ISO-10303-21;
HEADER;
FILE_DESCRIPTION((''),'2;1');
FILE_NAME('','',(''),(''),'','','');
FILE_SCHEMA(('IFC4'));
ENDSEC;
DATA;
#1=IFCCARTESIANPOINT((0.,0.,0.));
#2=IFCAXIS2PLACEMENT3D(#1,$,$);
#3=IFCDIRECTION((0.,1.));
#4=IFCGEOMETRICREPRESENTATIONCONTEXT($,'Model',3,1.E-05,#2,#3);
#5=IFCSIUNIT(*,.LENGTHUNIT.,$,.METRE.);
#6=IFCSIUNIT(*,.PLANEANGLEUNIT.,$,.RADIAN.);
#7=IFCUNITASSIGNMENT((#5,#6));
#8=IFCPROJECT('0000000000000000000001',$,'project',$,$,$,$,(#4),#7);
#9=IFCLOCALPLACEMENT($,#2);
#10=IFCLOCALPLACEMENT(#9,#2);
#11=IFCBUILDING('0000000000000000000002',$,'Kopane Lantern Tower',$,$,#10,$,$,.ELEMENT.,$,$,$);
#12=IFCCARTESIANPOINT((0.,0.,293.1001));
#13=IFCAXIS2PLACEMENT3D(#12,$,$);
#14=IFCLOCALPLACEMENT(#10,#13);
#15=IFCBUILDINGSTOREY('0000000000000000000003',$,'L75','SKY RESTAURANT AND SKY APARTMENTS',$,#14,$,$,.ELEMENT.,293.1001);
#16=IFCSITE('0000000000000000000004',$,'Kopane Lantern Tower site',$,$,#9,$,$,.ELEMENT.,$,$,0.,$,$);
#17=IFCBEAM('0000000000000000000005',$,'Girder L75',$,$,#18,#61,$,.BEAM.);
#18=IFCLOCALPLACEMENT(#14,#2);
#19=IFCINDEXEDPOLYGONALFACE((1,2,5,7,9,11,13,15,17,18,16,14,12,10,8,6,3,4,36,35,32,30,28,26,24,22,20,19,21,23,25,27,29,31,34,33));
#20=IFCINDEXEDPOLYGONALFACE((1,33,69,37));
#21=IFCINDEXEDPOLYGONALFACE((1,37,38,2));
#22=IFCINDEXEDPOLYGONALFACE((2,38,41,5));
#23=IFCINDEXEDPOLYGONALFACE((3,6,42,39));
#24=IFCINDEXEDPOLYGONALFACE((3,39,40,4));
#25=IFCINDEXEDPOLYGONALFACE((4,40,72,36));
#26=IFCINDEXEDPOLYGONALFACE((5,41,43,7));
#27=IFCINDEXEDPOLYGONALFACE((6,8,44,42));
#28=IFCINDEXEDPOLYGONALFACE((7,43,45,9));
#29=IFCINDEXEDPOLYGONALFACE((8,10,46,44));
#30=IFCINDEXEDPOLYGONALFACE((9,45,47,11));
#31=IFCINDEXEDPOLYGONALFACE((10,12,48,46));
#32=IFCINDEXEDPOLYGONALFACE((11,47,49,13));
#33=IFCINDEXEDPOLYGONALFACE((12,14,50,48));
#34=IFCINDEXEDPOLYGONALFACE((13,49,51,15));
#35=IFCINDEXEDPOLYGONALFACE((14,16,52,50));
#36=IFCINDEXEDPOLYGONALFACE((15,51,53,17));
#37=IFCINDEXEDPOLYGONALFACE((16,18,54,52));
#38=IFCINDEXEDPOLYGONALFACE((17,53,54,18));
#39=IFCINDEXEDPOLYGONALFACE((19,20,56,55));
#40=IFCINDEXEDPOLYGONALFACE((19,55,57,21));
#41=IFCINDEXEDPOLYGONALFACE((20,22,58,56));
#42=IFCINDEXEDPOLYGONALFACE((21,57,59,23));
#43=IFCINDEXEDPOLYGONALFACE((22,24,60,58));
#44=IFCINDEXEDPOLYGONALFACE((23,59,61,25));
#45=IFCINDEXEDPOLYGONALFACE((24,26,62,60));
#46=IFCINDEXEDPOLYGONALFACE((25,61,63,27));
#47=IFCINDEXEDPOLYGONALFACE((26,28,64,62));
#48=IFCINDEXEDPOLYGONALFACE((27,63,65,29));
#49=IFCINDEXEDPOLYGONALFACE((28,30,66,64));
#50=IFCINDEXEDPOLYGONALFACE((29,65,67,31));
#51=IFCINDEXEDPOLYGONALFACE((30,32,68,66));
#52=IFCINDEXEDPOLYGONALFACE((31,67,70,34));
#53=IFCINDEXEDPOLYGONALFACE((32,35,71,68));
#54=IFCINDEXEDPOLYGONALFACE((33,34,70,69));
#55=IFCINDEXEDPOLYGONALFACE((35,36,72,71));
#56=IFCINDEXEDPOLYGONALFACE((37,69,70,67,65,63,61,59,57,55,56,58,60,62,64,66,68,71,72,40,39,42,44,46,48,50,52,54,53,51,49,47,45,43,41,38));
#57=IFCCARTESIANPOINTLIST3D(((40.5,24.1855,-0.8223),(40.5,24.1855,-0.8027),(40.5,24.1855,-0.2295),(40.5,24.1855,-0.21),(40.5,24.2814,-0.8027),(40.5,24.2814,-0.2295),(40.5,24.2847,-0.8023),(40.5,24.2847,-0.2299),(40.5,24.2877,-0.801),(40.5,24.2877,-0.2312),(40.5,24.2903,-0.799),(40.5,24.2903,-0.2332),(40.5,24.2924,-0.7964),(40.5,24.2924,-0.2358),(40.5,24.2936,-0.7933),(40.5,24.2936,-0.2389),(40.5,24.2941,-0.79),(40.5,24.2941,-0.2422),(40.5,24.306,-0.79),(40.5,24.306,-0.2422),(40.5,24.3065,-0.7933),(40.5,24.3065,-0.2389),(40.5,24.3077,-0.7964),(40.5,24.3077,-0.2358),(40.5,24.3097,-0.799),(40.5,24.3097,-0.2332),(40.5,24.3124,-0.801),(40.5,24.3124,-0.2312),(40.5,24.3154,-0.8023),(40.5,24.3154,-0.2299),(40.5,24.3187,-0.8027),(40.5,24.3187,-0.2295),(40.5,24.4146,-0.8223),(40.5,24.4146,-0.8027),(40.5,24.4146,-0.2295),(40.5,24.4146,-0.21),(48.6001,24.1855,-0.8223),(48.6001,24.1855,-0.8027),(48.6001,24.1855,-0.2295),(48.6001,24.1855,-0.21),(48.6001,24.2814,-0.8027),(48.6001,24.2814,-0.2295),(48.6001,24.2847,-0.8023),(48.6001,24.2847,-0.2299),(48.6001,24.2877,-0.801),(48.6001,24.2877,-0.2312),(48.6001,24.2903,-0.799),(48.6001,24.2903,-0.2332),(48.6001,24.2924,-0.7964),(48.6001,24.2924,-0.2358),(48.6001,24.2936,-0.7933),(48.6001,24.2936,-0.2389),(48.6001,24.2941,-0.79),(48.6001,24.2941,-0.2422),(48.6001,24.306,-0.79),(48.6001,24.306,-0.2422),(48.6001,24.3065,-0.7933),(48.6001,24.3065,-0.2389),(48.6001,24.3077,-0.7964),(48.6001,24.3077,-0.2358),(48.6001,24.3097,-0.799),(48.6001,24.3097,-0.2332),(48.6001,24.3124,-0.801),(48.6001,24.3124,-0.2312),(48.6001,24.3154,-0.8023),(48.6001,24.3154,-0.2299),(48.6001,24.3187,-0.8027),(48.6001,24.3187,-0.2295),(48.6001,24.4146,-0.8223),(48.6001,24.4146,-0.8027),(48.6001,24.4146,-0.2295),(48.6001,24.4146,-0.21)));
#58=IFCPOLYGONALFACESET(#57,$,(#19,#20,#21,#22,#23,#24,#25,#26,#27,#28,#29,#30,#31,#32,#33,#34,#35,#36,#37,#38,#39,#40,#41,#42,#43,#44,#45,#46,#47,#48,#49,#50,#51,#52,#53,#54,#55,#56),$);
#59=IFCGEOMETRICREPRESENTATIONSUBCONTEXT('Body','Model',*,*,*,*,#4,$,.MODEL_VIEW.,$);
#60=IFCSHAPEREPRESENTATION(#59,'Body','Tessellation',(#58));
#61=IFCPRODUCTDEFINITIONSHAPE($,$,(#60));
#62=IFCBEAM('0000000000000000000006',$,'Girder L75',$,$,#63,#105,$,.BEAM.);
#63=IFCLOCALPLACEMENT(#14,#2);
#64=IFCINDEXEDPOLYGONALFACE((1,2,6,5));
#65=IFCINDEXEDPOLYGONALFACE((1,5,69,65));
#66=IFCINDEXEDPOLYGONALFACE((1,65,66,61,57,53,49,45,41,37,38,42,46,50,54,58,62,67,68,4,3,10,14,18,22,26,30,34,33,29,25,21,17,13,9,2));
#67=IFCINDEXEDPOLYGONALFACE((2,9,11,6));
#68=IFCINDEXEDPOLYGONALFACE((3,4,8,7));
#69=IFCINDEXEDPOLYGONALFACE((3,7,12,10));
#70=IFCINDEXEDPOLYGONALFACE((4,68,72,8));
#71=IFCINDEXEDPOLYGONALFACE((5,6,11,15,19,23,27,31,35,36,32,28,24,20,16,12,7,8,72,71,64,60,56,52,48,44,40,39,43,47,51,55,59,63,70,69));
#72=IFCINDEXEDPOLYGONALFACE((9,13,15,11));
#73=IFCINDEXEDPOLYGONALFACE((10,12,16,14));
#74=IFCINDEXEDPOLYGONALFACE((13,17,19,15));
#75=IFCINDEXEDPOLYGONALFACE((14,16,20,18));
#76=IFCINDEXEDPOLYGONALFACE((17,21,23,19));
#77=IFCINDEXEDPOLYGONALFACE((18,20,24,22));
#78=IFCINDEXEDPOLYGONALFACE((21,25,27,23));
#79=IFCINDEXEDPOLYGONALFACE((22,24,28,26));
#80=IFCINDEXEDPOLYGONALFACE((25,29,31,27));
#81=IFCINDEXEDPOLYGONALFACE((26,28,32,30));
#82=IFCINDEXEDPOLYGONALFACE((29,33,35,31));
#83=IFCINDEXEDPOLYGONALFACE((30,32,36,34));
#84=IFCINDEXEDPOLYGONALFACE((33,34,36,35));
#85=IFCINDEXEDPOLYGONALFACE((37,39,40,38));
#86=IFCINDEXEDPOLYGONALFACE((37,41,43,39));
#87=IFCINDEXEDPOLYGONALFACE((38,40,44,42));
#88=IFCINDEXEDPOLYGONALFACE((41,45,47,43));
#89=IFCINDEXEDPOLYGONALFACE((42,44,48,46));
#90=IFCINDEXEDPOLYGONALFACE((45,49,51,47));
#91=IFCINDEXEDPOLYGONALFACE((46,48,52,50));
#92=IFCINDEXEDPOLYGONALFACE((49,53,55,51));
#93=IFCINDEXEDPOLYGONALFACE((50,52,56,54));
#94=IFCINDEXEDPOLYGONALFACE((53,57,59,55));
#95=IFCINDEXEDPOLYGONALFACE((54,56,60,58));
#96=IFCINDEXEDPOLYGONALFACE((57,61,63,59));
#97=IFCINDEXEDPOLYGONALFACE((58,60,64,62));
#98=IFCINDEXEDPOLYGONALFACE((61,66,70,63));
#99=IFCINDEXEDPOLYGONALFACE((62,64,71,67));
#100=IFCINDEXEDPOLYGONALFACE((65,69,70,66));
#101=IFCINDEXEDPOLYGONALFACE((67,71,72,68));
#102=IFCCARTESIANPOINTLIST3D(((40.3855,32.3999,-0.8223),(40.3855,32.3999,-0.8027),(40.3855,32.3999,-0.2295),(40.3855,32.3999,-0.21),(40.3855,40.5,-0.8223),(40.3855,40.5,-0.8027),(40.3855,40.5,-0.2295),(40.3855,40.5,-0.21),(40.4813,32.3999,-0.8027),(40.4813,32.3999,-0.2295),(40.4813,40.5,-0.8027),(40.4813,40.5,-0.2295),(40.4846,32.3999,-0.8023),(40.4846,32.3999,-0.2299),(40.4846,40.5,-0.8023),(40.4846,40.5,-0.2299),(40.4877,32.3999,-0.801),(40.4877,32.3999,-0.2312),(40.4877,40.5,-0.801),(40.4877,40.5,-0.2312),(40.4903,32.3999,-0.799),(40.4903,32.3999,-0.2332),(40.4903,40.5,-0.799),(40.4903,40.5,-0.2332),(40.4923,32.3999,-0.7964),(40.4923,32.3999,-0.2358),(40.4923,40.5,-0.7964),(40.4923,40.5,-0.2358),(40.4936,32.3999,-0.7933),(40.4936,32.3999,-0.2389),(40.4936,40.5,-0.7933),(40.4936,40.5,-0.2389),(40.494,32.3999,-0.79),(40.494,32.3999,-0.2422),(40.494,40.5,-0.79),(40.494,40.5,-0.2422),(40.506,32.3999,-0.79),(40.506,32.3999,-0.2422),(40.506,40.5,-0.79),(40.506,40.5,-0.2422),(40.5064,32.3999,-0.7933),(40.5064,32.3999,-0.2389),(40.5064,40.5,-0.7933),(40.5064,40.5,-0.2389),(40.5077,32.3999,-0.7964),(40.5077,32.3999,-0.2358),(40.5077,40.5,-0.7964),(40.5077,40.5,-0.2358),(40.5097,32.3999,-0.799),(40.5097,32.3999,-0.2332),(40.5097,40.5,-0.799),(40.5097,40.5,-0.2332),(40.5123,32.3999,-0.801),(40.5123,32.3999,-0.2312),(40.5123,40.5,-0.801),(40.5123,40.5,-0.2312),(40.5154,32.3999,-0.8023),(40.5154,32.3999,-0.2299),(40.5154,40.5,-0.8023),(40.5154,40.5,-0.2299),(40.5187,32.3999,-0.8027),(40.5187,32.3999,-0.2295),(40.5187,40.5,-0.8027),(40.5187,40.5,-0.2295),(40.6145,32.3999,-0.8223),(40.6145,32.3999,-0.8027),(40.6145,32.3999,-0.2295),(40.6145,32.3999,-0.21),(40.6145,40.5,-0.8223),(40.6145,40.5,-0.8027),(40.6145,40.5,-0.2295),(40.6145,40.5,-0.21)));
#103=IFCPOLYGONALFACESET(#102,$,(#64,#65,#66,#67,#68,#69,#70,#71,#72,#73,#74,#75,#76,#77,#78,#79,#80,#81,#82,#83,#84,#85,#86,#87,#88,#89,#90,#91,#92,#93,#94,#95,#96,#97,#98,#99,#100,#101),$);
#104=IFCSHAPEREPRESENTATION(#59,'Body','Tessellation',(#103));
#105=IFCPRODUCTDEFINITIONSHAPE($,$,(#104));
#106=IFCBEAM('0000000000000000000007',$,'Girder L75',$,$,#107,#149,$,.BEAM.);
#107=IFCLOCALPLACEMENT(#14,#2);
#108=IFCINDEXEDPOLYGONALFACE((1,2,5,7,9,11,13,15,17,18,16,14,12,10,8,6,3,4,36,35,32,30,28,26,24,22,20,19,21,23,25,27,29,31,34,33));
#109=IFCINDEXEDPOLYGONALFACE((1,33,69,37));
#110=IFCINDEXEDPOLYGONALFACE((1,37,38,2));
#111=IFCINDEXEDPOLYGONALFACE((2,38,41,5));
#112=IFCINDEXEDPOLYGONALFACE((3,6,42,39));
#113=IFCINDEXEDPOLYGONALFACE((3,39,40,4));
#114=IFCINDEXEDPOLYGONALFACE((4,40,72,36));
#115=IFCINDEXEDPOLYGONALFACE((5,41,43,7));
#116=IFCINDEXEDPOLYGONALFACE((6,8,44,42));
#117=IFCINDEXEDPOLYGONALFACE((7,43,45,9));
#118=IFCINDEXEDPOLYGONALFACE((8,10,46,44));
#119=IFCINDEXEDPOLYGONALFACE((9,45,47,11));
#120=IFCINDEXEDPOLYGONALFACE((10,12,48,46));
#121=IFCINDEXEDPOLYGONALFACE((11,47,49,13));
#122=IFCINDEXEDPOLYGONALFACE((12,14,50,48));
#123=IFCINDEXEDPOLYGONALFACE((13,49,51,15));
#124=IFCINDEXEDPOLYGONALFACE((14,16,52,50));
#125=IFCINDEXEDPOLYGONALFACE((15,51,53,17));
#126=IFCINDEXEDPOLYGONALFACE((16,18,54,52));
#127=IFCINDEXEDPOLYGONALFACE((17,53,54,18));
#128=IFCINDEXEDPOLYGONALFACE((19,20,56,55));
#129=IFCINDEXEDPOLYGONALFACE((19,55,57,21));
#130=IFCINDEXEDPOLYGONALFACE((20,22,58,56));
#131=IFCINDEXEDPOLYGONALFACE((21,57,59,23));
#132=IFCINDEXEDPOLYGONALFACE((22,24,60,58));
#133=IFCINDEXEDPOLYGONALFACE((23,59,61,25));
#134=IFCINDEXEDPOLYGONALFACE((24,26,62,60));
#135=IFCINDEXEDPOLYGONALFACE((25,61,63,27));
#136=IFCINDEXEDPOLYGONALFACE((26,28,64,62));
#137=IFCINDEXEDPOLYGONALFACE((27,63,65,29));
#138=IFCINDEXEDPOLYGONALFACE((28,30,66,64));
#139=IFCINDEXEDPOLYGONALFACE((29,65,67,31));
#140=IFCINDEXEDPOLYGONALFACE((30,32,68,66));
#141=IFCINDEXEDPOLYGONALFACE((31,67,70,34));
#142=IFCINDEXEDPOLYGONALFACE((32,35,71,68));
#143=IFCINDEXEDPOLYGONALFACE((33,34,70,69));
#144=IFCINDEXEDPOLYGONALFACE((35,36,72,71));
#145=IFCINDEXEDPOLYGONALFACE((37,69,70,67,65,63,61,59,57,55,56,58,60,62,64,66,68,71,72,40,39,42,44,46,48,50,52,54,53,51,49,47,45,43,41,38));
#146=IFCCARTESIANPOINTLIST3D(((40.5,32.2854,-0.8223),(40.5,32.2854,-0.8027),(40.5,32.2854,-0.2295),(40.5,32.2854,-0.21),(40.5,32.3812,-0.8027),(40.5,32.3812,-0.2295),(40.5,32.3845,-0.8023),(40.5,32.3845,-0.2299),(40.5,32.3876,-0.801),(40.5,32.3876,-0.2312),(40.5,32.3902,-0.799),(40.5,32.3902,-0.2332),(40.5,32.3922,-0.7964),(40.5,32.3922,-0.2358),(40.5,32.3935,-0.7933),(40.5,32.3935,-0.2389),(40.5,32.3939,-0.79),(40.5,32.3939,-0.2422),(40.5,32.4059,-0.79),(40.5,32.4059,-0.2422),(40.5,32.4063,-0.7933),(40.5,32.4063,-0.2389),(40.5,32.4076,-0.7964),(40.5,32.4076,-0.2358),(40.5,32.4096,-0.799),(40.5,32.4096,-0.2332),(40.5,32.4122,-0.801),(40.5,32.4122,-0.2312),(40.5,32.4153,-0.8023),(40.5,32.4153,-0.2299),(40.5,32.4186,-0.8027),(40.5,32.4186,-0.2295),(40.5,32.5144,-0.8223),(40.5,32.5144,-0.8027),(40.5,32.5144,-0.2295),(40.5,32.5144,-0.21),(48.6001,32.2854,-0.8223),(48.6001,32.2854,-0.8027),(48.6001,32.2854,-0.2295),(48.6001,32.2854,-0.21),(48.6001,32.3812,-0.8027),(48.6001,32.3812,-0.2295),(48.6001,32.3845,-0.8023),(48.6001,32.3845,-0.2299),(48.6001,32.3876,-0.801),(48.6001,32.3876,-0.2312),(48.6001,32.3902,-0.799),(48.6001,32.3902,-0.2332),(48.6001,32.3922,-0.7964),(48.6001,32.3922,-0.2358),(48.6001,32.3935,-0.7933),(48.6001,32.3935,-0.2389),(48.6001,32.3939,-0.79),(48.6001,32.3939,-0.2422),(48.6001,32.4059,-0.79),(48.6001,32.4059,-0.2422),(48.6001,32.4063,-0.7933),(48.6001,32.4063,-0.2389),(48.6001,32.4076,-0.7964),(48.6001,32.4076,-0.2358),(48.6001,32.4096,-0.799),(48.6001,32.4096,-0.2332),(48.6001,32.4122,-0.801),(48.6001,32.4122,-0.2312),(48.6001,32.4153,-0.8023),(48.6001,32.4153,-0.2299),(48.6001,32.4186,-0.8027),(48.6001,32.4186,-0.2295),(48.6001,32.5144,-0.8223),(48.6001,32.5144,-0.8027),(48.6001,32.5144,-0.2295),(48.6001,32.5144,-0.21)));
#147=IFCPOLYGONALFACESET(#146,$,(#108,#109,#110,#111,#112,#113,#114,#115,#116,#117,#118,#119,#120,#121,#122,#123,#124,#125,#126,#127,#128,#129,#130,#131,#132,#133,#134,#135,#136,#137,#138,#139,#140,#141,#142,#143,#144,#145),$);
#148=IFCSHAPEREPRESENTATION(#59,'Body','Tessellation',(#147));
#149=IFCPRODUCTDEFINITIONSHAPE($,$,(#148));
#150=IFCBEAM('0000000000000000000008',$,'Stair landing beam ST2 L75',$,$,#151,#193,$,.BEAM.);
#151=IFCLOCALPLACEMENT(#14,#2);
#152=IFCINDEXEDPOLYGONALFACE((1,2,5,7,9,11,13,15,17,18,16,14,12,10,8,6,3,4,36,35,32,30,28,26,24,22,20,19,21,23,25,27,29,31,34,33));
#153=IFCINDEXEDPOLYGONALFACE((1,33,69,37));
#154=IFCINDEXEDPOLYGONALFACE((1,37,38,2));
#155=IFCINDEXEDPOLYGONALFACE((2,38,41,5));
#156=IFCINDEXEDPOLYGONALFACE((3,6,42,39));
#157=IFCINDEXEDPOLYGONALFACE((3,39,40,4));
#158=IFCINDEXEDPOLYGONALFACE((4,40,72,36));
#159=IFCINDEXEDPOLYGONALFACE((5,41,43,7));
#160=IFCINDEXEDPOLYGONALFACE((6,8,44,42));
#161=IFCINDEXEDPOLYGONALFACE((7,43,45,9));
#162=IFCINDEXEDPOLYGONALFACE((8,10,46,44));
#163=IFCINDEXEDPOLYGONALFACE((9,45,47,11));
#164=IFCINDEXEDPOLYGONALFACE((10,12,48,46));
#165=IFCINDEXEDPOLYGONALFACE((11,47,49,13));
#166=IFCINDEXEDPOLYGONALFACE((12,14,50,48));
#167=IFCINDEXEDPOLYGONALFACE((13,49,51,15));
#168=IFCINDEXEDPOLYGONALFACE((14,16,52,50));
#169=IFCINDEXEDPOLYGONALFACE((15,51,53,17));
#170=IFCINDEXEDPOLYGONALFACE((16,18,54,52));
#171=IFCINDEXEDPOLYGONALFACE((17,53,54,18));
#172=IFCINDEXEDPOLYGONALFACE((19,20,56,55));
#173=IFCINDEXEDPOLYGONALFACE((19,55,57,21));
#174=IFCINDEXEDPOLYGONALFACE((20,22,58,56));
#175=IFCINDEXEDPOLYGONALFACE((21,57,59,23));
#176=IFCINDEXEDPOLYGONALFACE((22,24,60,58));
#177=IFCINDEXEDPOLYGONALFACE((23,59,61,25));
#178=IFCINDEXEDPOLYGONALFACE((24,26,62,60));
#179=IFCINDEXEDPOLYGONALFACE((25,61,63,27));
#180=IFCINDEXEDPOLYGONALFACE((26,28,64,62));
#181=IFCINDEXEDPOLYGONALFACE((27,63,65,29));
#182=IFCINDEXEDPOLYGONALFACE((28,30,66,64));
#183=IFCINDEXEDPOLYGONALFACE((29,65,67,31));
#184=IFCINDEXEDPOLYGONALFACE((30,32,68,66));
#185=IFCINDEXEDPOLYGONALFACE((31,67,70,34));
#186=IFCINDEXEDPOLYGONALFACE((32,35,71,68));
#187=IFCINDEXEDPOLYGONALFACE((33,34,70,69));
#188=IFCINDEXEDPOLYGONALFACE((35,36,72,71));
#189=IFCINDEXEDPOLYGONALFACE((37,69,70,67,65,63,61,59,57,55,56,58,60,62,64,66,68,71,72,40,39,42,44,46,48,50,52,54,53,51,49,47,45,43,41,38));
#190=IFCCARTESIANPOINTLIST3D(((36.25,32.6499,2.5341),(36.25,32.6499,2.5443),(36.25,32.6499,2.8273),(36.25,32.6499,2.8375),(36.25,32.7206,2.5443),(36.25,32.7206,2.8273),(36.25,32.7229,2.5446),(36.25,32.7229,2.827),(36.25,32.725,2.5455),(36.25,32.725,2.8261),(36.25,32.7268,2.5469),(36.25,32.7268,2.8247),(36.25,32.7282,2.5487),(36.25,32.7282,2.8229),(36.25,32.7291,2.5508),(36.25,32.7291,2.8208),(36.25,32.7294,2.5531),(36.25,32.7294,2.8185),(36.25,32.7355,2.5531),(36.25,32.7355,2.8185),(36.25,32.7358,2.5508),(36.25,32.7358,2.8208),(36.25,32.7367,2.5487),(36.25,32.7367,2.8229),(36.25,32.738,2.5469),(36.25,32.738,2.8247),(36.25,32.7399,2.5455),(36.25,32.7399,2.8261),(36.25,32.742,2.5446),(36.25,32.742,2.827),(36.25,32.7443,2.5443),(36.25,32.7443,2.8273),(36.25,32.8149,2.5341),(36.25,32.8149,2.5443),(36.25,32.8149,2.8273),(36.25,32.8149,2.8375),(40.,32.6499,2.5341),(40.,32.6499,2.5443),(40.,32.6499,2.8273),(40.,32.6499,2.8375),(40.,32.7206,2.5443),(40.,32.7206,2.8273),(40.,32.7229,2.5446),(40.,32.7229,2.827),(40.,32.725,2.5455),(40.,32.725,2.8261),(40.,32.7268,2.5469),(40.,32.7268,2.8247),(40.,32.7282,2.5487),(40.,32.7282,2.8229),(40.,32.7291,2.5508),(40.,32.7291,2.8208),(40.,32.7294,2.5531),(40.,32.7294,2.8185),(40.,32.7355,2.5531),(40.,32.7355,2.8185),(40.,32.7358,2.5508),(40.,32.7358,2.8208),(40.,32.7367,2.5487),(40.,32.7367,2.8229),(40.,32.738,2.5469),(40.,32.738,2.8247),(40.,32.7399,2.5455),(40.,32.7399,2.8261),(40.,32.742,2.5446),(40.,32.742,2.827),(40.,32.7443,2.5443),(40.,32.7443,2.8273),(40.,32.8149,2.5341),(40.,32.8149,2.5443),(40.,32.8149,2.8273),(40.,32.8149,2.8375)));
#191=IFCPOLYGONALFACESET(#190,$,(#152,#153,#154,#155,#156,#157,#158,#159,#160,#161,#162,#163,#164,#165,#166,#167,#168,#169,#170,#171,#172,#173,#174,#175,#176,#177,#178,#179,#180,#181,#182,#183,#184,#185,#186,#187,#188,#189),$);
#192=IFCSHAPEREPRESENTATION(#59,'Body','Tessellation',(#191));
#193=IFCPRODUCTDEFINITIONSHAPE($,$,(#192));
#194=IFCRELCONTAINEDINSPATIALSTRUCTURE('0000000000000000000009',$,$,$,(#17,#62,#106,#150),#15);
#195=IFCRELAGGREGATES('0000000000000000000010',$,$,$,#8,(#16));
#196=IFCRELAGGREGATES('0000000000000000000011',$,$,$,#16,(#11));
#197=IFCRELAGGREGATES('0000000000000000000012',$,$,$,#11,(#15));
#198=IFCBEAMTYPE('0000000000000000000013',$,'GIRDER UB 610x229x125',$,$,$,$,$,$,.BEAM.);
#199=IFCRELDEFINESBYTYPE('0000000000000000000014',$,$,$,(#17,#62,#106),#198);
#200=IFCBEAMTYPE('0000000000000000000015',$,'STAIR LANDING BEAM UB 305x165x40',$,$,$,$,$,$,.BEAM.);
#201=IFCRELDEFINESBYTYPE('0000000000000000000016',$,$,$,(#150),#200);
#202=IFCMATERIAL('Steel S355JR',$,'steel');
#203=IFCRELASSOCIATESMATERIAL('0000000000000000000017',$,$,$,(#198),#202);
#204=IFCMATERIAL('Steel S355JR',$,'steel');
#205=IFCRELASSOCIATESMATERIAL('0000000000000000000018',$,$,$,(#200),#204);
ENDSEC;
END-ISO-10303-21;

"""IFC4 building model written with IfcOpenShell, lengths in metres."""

from ifc_helpers import new_model, si_unit, direction, frame, origin, origin_2d, place, context, subcontext, project, spatial, i_section, extrude, material, material_profile, profile_set, type_object, element, save


model = new_model("IFC4")

# Units and contexts
model_context = context("Model", 3, precision=1e-05, world=origin(), true_north=direction((0.0, 1.0)))
body_context = subcontext(model_context, "Body", "Model", "MODEL_VIEW")
ifc_project = project(units=[si_unit("LENGTHUNIT", "METRE"), si_unit("PLANEANGLEUNIT", "RADIAN")], contexts=[model_context])

# Site, building, storey
site_placement = place(None, origin())
site = spatial("IfcSite", under=ifc_project, at=site_placement, Name="Kopane Lantern Tower site", CompositionType="ELEMENT", RefElevation=0.0)
building_placement = place(site_placement, origin())
building = spatial("IfcBuilding", under=site, at=building_placement, Name="Kopane Lantern Tower", CompositionType="ELEMENT")
storey_placement = place(building_placement, frame((0.0, 0.0, 293.1001)))
storey = spatial("IfcBuildingStorey", under=building, at=storey_placement, Name="L75", Description="SKY RESTAURANT AND SKY APARTMENTS", CompositionType="ELEMENT", Elevation=293.1001)

# Beams
ifc_material_1 = material(Name="Steel S355JR", Category="steel")
ifc_material_profile_1 = material_profile(ifc_material_1, i_section(OverallWidth=0.229, OverallDepth=0.6123, WebThickness=0.012, FlangeThickness=0.0195, FilletRadius=0.0127, at=origin_2d()), Name="UB 610x229x125")
ifc_profile_set_1 = profile_set([ifc_material_profile_1], Name="Steel S355JR")
beam_type_1 = type_object("IfcBeamType", Name="GIRDER UB 610x229x125", PredefinedType="BEAM", material=ifc_profile_set_1)
for number, where, z_axis, x_axis, name in (
    (1, (40.5, 24.3, -0.5161), (1.0, 0.0, 0.0), (0.0, 1.0, 0.0), "Girder L75"),
    (2, (40.5, 32.3999, -0.5161), (0.0, 1.0, 0.0), (-1.0, 0.0, 0.0), "Girder L75"),
    (3, (40.5, 32.3999, -0.5161), (1.0, 0.0, 0.0), (0.0, 1.0, 0.0), "Girder L75"),
):
    element("IfcBeam", number, at=place(storey_placement, frame(where, z_axis=z_axis, x_axis=x_axis)), inside=storey, type_object=beam_type_1, Name=name, PredefinedType="BEAM", context=body_context, shape_type="SweptSolid", body=[
        extrude(i_section(OverallWidth=0.229, OverallDepth=0.6123, WebThickness=0.012, FlangeThickness=0.0195, FilletRadius=0.0127, at=origin_2d()), origin(), (0.0, 0.0, 1.0), 8.1001),
    ])
ifc_material_2 = material(Name="Steel S355JR", Category="steel")
ifc_material_profile_2 = material_profile(ifc_material_2, i_section(OverallWidth=0.165, OverallDepth=0.3035, WebThickness=0.0061, FlangeThickness=0.0103, FilletRadius=0.0088, at=origin_2d()), Name="UB 305x165x40")
ifc_profile_set_2 = profile_set([ifc_material_profile_2], Name="Steel S355JR")
beam_type_2 = type_object("IfcBeamType", Name="STAIR LANDING BEAM UB 305x165x40", PredefinedType="BEAM", material=ifc_profile_set_2)
beam_1_placement = place(storey_placement, frame((40.0, 32.7324, 2.6858), z_axis=(-1.0, 0.0, 0.0), x_axis=(0.0, -1.0, 0.0)))
element("IfcBeam", 4, at=beam_1_placement, inside=storey, type_object=beam_type_2, Name="Stair landing beam ST2 L75", PredefinedType="BEAM", context=body_context, shape_type="SweptSolid", body=[
    extrude(i_section(OverallWidth=0.165, OverallDepth=0.3035, WebThickness=0.0061, FlangeThickness=0.0103, FilletRadius=0.0088, at=origin_2d()), origin(), (0.0, 0.0, 1.0), 3.75),
])

save(model, "model.ifc")
